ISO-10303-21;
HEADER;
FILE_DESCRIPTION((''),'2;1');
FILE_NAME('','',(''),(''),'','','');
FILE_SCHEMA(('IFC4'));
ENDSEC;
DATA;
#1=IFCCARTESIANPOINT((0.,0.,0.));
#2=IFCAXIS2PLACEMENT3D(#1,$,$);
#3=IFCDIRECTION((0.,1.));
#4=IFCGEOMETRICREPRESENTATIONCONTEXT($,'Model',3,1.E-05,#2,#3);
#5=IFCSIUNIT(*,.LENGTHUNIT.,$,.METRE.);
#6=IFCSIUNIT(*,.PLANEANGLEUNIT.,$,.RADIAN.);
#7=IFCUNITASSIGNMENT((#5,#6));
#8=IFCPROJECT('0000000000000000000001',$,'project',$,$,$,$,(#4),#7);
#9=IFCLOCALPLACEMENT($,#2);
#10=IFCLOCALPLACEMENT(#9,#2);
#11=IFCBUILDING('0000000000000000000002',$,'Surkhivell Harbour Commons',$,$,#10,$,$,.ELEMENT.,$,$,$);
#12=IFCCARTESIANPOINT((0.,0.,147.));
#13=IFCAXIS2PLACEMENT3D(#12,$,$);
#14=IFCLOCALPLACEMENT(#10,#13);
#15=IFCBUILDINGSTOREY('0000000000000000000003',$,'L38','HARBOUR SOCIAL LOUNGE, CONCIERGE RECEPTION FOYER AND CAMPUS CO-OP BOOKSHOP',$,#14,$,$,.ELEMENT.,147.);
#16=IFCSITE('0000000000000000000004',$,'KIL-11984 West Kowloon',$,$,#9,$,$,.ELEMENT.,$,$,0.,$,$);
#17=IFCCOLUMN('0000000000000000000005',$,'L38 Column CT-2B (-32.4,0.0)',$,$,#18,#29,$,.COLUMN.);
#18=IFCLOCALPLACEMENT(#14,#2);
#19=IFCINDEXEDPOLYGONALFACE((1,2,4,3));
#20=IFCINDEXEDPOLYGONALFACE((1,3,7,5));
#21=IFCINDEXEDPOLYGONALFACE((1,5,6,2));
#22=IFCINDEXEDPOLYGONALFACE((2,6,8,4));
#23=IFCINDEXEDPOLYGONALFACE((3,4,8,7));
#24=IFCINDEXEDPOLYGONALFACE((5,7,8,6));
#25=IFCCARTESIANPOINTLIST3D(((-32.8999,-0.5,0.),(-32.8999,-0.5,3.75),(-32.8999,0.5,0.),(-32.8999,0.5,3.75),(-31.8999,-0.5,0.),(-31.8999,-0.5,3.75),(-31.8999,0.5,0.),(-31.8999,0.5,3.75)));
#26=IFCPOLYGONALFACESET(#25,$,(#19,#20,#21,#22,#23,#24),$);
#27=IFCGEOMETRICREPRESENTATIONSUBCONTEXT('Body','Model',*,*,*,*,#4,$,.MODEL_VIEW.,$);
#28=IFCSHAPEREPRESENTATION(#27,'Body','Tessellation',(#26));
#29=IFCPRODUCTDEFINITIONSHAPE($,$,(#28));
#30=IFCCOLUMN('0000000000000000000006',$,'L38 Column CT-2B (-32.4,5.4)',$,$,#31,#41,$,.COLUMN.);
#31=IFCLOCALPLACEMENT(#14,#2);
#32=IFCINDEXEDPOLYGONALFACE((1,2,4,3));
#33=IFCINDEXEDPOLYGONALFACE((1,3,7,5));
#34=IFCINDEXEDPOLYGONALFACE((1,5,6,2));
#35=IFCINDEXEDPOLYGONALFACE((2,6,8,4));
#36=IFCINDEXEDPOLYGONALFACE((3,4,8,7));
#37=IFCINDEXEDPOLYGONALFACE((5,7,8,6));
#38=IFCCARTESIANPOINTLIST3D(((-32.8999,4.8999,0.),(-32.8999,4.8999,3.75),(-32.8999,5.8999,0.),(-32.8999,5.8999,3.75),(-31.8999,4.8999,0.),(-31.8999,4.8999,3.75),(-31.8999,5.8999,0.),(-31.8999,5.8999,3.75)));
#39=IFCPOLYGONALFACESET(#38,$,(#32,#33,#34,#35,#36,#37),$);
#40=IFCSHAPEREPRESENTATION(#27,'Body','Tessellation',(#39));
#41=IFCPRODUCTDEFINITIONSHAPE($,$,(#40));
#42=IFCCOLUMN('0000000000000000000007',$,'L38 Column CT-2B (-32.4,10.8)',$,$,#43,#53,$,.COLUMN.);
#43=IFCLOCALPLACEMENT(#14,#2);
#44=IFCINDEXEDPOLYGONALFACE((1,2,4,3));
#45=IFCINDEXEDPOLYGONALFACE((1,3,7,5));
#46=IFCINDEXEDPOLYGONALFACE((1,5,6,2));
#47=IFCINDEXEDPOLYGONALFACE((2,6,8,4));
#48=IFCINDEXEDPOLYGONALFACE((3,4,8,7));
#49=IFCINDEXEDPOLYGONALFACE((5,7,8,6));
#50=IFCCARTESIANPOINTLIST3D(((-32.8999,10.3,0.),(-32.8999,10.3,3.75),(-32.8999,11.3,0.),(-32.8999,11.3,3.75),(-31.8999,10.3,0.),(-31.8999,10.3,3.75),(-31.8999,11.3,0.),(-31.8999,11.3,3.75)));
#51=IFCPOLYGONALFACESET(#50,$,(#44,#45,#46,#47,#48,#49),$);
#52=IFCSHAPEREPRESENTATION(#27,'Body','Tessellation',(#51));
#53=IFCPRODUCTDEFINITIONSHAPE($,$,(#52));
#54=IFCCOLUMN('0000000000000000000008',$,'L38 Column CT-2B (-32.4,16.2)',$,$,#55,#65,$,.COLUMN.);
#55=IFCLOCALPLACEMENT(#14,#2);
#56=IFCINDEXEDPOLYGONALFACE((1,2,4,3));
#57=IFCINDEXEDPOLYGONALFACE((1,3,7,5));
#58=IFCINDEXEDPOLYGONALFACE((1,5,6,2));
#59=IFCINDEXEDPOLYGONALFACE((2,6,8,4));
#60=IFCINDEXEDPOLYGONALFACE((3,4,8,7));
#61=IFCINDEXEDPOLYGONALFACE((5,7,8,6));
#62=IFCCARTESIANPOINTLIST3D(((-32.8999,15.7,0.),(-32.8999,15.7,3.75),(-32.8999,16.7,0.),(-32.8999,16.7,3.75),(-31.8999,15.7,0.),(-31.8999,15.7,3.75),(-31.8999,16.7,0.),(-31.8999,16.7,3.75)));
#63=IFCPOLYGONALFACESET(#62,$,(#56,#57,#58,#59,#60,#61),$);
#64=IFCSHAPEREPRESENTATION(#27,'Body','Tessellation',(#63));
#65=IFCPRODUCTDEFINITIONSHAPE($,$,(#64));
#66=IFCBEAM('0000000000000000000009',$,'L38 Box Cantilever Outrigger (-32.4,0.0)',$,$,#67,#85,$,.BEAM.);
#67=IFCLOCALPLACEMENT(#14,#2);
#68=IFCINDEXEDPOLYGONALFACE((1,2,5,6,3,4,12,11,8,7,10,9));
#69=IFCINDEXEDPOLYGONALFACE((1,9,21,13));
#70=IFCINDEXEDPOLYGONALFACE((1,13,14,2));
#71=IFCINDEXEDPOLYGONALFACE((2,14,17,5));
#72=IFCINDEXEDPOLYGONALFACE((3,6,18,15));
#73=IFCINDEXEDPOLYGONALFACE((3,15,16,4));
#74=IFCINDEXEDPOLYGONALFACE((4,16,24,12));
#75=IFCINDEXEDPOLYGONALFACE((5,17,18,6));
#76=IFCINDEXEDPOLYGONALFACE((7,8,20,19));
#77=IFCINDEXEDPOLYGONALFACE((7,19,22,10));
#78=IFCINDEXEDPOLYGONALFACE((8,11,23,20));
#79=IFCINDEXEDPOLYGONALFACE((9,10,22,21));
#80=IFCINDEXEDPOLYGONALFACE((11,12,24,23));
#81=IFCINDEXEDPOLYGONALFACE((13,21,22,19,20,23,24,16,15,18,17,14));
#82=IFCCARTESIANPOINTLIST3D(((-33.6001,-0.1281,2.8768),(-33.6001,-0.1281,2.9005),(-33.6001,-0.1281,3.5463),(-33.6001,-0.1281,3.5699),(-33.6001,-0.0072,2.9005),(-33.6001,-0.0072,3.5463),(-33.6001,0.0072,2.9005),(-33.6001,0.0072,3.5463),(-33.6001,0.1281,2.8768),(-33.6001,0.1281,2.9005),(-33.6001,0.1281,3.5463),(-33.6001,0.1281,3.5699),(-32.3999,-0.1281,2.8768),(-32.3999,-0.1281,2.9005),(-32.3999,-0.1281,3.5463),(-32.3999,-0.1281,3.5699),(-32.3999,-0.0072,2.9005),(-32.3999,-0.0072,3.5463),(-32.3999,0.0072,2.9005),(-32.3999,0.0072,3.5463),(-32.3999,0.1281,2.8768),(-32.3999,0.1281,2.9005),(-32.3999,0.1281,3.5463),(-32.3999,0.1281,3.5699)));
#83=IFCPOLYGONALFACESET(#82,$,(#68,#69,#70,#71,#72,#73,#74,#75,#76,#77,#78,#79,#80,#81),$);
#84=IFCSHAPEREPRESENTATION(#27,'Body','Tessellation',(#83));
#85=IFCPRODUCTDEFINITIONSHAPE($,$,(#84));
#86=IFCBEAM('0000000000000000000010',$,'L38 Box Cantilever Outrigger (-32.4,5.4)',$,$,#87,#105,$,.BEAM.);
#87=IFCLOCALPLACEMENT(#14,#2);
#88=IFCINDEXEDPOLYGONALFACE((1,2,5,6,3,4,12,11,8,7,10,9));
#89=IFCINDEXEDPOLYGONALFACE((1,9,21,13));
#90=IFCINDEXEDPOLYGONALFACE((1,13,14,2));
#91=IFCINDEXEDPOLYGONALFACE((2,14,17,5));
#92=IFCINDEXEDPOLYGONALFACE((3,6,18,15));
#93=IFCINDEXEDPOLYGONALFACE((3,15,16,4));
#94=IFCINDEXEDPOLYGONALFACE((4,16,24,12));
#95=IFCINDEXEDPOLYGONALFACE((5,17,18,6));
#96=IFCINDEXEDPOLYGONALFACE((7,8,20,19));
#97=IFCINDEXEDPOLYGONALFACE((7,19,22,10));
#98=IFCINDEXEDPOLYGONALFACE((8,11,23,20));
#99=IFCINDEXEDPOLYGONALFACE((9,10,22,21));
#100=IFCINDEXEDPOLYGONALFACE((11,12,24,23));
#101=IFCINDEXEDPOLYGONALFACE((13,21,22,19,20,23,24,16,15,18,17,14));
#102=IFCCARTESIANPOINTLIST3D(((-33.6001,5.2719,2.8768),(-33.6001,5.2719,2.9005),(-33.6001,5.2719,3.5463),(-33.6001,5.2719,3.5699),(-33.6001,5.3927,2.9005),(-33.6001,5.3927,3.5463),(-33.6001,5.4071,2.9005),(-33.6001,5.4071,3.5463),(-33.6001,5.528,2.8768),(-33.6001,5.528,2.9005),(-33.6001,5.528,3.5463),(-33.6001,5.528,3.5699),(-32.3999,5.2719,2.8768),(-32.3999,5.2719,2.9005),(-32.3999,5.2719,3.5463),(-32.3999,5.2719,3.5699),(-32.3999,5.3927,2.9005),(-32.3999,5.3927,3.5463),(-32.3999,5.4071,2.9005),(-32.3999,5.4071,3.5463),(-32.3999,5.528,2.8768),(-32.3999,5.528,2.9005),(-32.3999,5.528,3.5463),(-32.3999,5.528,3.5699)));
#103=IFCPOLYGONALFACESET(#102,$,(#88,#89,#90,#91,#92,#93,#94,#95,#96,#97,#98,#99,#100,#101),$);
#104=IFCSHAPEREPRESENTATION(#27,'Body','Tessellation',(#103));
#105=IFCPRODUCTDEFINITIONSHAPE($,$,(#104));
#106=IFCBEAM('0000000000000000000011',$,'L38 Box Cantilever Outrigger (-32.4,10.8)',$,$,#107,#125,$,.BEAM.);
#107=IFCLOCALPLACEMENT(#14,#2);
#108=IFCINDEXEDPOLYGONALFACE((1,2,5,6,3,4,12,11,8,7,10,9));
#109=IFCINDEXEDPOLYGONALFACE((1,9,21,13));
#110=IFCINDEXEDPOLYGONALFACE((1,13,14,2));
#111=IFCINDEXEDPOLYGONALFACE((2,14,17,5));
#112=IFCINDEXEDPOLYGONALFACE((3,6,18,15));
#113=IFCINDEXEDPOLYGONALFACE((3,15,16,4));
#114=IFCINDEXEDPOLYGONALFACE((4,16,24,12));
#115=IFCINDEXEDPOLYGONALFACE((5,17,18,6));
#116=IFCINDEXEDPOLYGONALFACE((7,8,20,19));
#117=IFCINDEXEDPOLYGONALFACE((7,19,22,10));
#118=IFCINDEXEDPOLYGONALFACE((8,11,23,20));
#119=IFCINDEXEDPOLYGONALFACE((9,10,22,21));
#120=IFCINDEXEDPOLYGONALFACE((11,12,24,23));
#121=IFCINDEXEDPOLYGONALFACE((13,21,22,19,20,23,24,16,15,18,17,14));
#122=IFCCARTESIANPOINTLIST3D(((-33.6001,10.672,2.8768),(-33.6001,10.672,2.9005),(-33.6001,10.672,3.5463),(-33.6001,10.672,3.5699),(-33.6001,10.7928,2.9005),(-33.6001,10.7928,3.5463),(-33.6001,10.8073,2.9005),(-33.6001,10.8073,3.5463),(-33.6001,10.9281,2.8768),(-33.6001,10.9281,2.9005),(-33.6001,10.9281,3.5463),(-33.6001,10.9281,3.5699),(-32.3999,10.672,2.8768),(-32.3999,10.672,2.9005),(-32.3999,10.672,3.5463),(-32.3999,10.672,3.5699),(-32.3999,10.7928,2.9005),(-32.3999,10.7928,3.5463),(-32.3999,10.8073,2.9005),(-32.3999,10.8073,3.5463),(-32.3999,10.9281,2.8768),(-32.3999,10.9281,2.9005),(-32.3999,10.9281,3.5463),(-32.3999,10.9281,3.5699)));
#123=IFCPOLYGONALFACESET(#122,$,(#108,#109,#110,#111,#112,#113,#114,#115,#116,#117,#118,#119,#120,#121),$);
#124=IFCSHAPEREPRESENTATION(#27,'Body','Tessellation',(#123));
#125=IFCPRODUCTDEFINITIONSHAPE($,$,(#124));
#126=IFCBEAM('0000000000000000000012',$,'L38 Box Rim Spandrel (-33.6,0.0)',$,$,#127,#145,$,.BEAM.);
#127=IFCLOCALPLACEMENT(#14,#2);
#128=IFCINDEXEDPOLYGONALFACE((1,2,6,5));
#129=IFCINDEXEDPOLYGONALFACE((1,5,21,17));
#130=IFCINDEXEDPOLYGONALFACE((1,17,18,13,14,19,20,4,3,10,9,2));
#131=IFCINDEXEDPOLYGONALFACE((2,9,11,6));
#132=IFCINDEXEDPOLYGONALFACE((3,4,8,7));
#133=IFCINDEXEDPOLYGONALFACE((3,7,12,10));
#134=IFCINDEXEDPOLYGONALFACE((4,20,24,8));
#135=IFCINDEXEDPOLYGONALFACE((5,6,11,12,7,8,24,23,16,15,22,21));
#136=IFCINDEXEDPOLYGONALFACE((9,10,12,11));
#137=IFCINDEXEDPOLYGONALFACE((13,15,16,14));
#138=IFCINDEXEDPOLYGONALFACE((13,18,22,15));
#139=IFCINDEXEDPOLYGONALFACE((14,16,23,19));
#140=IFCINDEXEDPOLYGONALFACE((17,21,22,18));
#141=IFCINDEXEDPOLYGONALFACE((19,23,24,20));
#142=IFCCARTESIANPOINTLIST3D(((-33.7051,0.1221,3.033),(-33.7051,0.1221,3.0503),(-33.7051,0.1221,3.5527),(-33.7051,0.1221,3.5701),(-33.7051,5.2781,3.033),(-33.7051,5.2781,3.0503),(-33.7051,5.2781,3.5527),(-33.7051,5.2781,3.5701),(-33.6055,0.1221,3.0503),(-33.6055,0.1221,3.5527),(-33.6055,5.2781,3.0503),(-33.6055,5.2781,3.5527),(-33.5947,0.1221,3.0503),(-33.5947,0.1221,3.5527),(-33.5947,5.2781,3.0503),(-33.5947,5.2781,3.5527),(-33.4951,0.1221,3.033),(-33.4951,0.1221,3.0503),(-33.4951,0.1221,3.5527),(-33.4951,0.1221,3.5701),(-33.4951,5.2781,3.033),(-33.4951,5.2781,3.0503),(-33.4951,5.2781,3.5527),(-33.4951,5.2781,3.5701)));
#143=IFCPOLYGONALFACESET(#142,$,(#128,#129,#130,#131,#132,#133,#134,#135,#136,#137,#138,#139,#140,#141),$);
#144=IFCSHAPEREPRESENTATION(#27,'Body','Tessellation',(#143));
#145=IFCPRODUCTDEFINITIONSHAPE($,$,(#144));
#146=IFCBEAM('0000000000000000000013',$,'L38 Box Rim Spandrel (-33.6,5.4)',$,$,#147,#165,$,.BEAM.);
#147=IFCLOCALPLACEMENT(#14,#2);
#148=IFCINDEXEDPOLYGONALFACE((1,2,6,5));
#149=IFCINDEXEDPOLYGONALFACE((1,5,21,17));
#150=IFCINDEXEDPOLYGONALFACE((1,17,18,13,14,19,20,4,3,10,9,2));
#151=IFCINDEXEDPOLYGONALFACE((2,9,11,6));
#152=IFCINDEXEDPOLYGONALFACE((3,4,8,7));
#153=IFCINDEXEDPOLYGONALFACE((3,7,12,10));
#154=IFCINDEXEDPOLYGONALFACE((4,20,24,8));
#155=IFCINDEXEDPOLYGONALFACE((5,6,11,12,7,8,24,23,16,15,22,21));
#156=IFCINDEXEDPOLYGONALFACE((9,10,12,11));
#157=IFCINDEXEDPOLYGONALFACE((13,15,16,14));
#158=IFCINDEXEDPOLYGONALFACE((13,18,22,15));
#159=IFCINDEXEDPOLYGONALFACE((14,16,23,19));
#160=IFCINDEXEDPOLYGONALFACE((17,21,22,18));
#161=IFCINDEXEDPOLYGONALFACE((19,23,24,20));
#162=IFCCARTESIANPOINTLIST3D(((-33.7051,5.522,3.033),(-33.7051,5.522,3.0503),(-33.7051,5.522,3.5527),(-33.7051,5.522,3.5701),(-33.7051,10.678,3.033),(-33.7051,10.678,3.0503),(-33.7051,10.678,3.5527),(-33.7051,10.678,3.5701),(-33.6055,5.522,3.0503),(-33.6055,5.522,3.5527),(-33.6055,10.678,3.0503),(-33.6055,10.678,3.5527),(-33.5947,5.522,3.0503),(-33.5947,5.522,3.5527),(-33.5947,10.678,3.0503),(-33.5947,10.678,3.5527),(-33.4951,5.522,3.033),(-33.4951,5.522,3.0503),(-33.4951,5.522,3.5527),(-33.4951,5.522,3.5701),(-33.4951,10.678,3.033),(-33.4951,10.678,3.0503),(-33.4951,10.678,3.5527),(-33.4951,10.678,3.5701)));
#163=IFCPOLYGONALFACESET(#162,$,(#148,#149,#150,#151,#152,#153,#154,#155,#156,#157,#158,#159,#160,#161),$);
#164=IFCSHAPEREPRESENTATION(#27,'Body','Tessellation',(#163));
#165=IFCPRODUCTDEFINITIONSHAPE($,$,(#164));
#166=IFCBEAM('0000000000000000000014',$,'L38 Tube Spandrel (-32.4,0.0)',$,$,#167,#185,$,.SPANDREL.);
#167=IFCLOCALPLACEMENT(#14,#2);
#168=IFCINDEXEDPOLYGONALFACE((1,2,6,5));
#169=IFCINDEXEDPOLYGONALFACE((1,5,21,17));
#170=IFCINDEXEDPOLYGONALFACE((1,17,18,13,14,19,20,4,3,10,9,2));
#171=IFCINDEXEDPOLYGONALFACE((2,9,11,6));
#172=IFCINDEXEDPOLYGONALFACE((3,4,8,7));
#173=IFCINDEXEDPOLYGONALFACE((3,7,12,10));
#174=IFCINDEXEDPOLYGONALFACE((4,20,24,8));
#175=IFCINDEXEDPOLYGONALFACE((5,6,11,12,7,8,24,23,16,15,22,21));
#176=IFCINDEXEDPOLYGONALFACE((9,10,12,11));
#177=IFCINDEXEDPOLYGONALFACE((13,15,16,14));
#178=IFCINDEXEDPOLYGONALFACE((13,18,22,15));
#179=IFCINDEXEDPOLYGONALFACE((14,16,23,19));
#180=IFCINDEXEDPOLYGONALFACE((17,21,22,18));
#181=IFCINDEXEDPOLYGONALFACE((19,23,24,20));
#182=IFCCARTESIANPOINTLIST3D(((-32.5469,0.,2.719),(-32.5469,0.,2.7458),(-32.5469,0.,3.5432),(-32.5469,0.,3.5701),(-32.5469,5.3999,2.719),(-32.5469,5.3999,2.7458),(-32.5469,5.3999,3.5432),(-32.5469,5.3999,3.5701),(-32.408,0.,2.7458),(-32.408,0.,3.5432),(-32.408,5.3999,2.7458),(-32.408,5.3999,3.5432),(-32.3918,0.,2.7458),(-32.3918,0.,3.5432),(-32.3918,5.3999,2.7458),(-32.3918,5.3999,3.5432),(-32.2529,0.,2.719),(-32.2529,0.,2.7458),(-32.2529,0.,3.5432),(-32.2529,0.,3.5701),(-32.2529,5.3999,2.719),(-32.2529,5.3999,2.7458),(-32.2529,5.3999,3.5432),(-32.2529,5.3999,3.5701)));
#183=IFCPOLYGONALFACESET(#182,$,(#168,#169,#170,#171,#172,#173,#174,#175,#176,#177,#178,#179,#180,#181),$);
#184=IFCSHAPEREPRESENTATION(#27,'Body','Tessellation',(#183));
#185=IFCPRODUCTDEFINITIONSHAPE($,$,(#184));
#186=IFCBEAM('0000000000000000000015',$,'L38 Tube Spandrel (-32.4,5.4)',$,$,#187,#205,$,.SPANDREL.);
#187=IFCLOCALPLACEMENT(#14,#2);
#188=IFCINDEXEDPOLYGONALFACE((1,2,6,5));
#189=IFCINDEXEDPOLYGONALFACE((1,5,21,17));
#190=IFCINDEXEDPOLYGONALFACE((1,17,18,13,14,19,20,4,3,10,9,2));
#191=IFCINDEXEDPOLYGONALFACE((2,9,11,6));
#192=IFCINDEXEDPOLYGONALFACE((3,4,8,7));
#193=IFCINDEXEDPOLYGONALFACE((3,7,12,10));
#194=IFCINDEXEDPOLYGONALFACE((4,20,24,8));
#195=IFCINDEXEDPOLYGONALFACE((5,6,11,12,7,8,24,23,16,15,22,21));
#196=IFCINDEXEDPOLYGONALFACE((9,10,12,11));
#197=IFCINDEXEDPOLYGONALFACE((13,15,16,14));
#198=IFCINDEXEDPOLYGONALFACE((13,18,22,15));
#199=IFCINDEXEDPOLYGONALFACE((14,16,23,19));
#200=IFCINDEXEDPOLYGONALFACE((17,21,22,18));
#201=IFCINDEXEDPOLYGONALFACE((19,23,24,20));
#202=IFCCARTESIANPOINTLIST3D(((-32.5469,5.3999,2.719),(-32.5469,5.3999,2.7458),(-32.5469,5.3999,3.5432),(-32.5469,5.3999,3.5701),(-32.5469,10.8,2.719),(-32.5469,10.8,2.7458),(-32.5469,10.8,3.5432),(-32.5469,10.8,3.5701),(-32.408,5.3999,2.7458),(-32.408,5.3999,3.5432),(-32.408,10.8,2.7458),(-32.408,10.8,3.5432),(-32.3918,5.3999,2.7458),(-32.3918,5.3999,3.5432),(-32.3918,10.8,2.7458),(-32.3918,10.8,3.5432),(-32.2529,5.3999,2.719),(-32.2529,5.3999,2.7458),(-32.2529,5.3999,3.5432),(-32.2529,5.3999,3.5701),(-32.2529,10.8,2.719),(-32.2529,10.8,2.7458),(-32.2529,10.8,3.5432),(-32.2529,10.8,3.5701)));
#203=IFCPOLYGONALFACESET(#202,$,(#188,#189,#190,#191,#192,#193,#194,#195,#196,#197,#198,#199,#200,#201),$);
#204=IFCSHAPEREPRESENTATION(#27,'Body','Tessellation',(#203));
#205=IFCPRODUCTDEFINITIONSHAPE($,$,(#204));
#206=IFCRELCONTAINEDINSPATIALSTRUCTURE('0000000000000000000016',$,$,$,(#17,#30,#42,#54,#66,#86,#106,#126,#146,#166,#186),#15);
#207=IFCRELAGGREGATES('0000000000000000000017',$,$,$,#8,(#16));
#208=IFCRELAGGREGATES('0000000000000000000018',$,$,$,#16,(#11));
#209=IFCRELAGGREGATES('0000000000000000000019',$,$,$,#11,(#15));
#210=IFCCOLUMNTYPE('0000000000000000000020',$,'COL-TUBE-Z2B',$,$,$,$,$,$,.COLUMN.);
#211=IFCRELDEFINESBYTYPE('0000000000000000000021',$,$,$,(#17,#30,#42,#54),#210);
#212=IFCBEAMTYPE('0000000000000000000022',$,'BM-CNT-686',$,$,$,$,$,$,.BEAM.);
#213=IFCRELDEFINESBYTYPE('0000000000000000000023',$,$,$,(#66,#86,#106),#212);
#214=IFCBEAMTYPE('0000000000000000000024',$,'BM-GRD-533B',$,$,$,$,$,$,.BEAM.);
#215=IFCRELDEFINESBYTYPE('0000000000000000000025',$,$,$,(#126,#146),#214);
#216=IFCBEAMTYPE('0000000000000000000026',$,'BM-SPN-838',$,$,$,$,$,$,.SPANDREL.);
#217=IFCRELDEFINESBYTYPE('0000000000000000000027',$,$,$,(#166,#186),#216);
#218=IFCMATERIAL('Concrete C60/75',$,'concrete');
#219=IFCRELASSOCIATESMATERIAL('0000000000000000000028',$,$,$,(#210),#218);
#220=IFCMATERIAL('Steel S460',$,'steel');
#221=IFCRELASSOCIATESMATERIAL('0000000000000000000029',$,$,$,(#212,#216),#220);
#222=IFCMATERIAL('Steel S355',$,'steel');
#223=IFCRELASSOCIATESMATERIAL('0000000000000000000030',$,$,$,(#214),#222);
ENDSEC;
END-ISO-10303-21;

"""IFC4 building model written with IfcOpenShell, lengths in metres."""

from ifc_helpers import new_model, si_unit, direction, frame, origin, origin_2d, place, context, subcontext, project, spatial, rectangle, i_section, extrude, material, material_profile, profile_set, type_object, element, save


model = new_model("IFC4")

# Units and contexts
model_context = context("Model", 3, precision=1e-05, world=origin(), true_north=direction((0.0, 1.0)))
body_context = subcontext(model_context, "Body", "Model", "MODEL_VIEW")
ifc_project = project(units=[si_unit("LENGTHUNIT", "METRE"), si_unit("PLANEANGLEUNIT", "RADIAN")], contexts=[model_context])

# Site, building, storey
site_placement = place(None, origin())
site = spatial("IfcSite", under=ifc_project, at=site_placement, Name="KIL-11984 West Kowloon", CompositionType="ELEMENT", RefElevation=0.0)
building_placement = place(site_placement, origin())
building = spatial("IfcBuilding", under=site, at=building_placement, Name="Surkhivell Harbour Commons", CompositionType="ELEMENT")
storey_placement = place(building_placement, frame((0.0, 0.0, 147.0)))
storey = spatial("IfcBuildingStorey", under=building, at=storey_placement, Name="L38", Description="HARBOUR SOCIAL LOUNGE, CONCIERGE RECEPTION FOYER AND CAMPUS CO-OP BOOKSHOP", CompositionType="ELEMENT", Elevation=147.0)

# Columns
ifc_material_1 = material(Name="Concrete C60/75", Category="concrete")
ifc_material_profile_1 = material_profile(ifc_material_1, rectangle(XDim=1.0, YDim=1.0, at=origin_2d()), Name="RC-COL-1000x1000")
ifc_profile_set_1 = profile_set([ifc_material_profile_1], Name="Concrete C60/75")
column_type = type_object("IfcColumnType", Name="COL-TUBE-Z2B", PredefinedType="COLUMN", material=ifc_profile_set_1)
for number, where, z_axis, x_axis, name in (
    (1, (-32.3999, 0.0, 0.0), (0.0, 0.0, 1.0), (1.0, 0.0, 0.0), "L38 Column CT-2B (-32.4,0.0)"),
    (2, (-32.3999, 5.3999, 0.0), (0.0, 0.0, 1.0), (1.0, 0.0, 0.0), "L38 Column CT-2B (-32.4,5.4)"),
    (3, (-32.3999, 10.8, 0.0), (0.0, 0.0, 1.0), (1.0, 0.0, 0.0), "L38 Column CT-2B (-32.4,10.8)"),
    (4, (-32.3999, 16.2, 0.0), (0.0, 0.0, 1.0), (1.0, 0.0, 0.0), "L38 Column CT-2B (-32.4,16.2)"),
):
    element("IfcColumn", number, at=place(storey_placement, frame(where, z_axis=z_axis, x_axis=x_axis)), inside=storey, type_object=column_type, Name=name, PredefinedType="COLUMN", context=body_context, shape_type="SweptSolid", body=[
        extrude(rectangle(XDim=1.0, YDim=1.0, at=origin_2d()), origin(), (0.0, 0.0, 1.0), 3.75),
    ])

# Beams
ifc_material_2 = material(Name="Steel S460", Category="steel")
ifc_material_profile_2 = material_profile(ifc_material_2, i_section(OverallWidth=0.2561, OverallDepth=0.6931, WebThickness=0.0144, FlangeThickness=0.0237, at=origin_2d()), Name="UB686x254x170")
ifc_profile_set_2 = profile_set([ifc_material_profile_2], Name="Steel S460")
beam_type_1 = type_object("IfcBeamType", Name="BM-CNT-686", PredefinedType="BEAM", material=ifc_profile_set_2)
for number, where, z_axis, x_axis, name in (
    (5, (-32.3999, 0.0, 3.2234), (-1.0, 0.0, 0.0), (0.0, -1.0, 0.0), "L38 Box Cantilever Outrigger (-32.4,0.0)"),
    (6, (-32.3999, 5.3999, 3.2234), (-1.0, 0.0, 0.0), (0.0, -1.0, 0.0), "L38 Box Cantilever Outrigger (-32.4,5.4)"),
    (7, (-32.3999, 10.8, 3.2234), (-1.0, 0.0, 0.0), (0.0, -1.0, 0.0), "L38 Box Cantilever Outrigger (-32.4,10.8)"),
):
    element("IfcBeam", number, at=place(storey_placement, frame(where, z_axis=z_axis, x_axis=x_axis)), inside=storey, type_object=beam_type_1, Name=name, PredefinedType="BEAM", context=body_context, shape_type="SweptSolid", body=[
        extrude(i_section(OverallWidth=0.2561, OverallDepth=0.6931, WebThickness=0.0144, FlangeThickness=0.0237, at=origin_2d()), origin(), (0.0, 0.0, 1.0), 1.2002),
    ])
ifc_material_3 = material(Name="Steel S355", Category="steel")
ifc_material_profile_3 = material_profile(ifc_material_3, i_section(OverallWidth=0.21, OverallDepth=0.5371, WebThickness=0.0107, FlangeThickness=0.0173, at=origin_2d()), Name="UB533x210x101")
ifc_profile_set_3 = profile_set([ifc_material_profile_3], Name="Steel S355")
beam_type_2 = type_object("IfcBeamType", Name="BM-GRD-533B", PredefinedType="BEAM", material=ifc_profile_set_3)
for number, where, z_axis, x_axis, name in (
    (8, (-33.6001, 0.1221, 3.3015), (0.0, 1.0, 0.0), (-1.0, 0.0, 0.0), "L38 Box Rim Spandrel (-33.6,0.0)"),
    (9, (-33.6001, 5.522, 3.3015), (0.0, 1.0, 0.0), (-1.0, 0.0, 0.0), "L38 Box Rim Spandrel (-33.6,5.4)"),
):
    element("IfcBeam", number, at=place(storey_placement, frame(where, z_axis=z_axis, x_axis=x_axis)), inside=storey, type_object=beam_type_2, Name=name, PredefinedType="BEAM", context=body_context, shape_type="SweptSolid", body=[
        extrude(i_section(OverallWidth=0.21, OverallDepth=0.5371, WebThickness=0.0107, FlangeThickness=0.0173, at=origin_2d()), origin(), (0.0, 0.0, 1.0), 5.156),
    ])
ifc_material_profile_4 = material_profile(ifc_material_2, i_section(OverallWidth=0.2939, OverallDepth=0.8511, WebThickness=0.0161, FlangeThickness=0.0269, at=origin_2d()), Name="UB838x292x226")
ifc_profile_set_4 = profile_set([ifc_material_profile_4], Name="Steel S460")
beam_type_3 = type_object("IfcBeamType", Name="BM-SPN-838", PredefinedType="SPANDREL", material=ifc_profile_set_4)
beam_1_placement = place(storey_placement, frame((-32.3999, 0.0, 3.1445), z_axis=(0.0, 1.0, 0.0), x_axis=(-1.0, 0.0, 0.0)))
element("IfcBeam", 10, at=beam_1_placement, inside=storey, type_object=beam_type_3, Name="L38 Tube Spandrel (-32.4,0.0)", PredefinedType="SPANDREL", context=body_context, shape_type="SweptSolid", body=[
    extrude(i_section(OverallWidth=0.2939, OverallDepth=0.8511, WebThickness=0.0161, FlangeThickness=0.0269, at=origin_2d()), origin(), (0.0, 0.0, 1.0), 5.3999),
])
beam_2_placement = place(storey_placement, frame((-32.3999, 5.3999, 3.1445), z_axis=(0.0, 1.0, 0.0), x_axis=(-1.0, 0.0, 0.0)))
element("IfcBeam", 11, at=beam_2_placement, inside=storey, type_object=beam_type_3, Name="L38 Tube Spandrel (-32.4,5.4)", PredefinedType="SPANDREL", context=body_context, shape_type="SweptSolid", body=[
    extrude(i_section(OverallWidth=0.2939, OverallDepth=0.8511, WebThickness=0.0161, FlangeThickness=0.0269, at=origin_2d()), origin(), (0.0, 0.0, 1.0), 5.4001),
])

save(model, "model.ifc")
